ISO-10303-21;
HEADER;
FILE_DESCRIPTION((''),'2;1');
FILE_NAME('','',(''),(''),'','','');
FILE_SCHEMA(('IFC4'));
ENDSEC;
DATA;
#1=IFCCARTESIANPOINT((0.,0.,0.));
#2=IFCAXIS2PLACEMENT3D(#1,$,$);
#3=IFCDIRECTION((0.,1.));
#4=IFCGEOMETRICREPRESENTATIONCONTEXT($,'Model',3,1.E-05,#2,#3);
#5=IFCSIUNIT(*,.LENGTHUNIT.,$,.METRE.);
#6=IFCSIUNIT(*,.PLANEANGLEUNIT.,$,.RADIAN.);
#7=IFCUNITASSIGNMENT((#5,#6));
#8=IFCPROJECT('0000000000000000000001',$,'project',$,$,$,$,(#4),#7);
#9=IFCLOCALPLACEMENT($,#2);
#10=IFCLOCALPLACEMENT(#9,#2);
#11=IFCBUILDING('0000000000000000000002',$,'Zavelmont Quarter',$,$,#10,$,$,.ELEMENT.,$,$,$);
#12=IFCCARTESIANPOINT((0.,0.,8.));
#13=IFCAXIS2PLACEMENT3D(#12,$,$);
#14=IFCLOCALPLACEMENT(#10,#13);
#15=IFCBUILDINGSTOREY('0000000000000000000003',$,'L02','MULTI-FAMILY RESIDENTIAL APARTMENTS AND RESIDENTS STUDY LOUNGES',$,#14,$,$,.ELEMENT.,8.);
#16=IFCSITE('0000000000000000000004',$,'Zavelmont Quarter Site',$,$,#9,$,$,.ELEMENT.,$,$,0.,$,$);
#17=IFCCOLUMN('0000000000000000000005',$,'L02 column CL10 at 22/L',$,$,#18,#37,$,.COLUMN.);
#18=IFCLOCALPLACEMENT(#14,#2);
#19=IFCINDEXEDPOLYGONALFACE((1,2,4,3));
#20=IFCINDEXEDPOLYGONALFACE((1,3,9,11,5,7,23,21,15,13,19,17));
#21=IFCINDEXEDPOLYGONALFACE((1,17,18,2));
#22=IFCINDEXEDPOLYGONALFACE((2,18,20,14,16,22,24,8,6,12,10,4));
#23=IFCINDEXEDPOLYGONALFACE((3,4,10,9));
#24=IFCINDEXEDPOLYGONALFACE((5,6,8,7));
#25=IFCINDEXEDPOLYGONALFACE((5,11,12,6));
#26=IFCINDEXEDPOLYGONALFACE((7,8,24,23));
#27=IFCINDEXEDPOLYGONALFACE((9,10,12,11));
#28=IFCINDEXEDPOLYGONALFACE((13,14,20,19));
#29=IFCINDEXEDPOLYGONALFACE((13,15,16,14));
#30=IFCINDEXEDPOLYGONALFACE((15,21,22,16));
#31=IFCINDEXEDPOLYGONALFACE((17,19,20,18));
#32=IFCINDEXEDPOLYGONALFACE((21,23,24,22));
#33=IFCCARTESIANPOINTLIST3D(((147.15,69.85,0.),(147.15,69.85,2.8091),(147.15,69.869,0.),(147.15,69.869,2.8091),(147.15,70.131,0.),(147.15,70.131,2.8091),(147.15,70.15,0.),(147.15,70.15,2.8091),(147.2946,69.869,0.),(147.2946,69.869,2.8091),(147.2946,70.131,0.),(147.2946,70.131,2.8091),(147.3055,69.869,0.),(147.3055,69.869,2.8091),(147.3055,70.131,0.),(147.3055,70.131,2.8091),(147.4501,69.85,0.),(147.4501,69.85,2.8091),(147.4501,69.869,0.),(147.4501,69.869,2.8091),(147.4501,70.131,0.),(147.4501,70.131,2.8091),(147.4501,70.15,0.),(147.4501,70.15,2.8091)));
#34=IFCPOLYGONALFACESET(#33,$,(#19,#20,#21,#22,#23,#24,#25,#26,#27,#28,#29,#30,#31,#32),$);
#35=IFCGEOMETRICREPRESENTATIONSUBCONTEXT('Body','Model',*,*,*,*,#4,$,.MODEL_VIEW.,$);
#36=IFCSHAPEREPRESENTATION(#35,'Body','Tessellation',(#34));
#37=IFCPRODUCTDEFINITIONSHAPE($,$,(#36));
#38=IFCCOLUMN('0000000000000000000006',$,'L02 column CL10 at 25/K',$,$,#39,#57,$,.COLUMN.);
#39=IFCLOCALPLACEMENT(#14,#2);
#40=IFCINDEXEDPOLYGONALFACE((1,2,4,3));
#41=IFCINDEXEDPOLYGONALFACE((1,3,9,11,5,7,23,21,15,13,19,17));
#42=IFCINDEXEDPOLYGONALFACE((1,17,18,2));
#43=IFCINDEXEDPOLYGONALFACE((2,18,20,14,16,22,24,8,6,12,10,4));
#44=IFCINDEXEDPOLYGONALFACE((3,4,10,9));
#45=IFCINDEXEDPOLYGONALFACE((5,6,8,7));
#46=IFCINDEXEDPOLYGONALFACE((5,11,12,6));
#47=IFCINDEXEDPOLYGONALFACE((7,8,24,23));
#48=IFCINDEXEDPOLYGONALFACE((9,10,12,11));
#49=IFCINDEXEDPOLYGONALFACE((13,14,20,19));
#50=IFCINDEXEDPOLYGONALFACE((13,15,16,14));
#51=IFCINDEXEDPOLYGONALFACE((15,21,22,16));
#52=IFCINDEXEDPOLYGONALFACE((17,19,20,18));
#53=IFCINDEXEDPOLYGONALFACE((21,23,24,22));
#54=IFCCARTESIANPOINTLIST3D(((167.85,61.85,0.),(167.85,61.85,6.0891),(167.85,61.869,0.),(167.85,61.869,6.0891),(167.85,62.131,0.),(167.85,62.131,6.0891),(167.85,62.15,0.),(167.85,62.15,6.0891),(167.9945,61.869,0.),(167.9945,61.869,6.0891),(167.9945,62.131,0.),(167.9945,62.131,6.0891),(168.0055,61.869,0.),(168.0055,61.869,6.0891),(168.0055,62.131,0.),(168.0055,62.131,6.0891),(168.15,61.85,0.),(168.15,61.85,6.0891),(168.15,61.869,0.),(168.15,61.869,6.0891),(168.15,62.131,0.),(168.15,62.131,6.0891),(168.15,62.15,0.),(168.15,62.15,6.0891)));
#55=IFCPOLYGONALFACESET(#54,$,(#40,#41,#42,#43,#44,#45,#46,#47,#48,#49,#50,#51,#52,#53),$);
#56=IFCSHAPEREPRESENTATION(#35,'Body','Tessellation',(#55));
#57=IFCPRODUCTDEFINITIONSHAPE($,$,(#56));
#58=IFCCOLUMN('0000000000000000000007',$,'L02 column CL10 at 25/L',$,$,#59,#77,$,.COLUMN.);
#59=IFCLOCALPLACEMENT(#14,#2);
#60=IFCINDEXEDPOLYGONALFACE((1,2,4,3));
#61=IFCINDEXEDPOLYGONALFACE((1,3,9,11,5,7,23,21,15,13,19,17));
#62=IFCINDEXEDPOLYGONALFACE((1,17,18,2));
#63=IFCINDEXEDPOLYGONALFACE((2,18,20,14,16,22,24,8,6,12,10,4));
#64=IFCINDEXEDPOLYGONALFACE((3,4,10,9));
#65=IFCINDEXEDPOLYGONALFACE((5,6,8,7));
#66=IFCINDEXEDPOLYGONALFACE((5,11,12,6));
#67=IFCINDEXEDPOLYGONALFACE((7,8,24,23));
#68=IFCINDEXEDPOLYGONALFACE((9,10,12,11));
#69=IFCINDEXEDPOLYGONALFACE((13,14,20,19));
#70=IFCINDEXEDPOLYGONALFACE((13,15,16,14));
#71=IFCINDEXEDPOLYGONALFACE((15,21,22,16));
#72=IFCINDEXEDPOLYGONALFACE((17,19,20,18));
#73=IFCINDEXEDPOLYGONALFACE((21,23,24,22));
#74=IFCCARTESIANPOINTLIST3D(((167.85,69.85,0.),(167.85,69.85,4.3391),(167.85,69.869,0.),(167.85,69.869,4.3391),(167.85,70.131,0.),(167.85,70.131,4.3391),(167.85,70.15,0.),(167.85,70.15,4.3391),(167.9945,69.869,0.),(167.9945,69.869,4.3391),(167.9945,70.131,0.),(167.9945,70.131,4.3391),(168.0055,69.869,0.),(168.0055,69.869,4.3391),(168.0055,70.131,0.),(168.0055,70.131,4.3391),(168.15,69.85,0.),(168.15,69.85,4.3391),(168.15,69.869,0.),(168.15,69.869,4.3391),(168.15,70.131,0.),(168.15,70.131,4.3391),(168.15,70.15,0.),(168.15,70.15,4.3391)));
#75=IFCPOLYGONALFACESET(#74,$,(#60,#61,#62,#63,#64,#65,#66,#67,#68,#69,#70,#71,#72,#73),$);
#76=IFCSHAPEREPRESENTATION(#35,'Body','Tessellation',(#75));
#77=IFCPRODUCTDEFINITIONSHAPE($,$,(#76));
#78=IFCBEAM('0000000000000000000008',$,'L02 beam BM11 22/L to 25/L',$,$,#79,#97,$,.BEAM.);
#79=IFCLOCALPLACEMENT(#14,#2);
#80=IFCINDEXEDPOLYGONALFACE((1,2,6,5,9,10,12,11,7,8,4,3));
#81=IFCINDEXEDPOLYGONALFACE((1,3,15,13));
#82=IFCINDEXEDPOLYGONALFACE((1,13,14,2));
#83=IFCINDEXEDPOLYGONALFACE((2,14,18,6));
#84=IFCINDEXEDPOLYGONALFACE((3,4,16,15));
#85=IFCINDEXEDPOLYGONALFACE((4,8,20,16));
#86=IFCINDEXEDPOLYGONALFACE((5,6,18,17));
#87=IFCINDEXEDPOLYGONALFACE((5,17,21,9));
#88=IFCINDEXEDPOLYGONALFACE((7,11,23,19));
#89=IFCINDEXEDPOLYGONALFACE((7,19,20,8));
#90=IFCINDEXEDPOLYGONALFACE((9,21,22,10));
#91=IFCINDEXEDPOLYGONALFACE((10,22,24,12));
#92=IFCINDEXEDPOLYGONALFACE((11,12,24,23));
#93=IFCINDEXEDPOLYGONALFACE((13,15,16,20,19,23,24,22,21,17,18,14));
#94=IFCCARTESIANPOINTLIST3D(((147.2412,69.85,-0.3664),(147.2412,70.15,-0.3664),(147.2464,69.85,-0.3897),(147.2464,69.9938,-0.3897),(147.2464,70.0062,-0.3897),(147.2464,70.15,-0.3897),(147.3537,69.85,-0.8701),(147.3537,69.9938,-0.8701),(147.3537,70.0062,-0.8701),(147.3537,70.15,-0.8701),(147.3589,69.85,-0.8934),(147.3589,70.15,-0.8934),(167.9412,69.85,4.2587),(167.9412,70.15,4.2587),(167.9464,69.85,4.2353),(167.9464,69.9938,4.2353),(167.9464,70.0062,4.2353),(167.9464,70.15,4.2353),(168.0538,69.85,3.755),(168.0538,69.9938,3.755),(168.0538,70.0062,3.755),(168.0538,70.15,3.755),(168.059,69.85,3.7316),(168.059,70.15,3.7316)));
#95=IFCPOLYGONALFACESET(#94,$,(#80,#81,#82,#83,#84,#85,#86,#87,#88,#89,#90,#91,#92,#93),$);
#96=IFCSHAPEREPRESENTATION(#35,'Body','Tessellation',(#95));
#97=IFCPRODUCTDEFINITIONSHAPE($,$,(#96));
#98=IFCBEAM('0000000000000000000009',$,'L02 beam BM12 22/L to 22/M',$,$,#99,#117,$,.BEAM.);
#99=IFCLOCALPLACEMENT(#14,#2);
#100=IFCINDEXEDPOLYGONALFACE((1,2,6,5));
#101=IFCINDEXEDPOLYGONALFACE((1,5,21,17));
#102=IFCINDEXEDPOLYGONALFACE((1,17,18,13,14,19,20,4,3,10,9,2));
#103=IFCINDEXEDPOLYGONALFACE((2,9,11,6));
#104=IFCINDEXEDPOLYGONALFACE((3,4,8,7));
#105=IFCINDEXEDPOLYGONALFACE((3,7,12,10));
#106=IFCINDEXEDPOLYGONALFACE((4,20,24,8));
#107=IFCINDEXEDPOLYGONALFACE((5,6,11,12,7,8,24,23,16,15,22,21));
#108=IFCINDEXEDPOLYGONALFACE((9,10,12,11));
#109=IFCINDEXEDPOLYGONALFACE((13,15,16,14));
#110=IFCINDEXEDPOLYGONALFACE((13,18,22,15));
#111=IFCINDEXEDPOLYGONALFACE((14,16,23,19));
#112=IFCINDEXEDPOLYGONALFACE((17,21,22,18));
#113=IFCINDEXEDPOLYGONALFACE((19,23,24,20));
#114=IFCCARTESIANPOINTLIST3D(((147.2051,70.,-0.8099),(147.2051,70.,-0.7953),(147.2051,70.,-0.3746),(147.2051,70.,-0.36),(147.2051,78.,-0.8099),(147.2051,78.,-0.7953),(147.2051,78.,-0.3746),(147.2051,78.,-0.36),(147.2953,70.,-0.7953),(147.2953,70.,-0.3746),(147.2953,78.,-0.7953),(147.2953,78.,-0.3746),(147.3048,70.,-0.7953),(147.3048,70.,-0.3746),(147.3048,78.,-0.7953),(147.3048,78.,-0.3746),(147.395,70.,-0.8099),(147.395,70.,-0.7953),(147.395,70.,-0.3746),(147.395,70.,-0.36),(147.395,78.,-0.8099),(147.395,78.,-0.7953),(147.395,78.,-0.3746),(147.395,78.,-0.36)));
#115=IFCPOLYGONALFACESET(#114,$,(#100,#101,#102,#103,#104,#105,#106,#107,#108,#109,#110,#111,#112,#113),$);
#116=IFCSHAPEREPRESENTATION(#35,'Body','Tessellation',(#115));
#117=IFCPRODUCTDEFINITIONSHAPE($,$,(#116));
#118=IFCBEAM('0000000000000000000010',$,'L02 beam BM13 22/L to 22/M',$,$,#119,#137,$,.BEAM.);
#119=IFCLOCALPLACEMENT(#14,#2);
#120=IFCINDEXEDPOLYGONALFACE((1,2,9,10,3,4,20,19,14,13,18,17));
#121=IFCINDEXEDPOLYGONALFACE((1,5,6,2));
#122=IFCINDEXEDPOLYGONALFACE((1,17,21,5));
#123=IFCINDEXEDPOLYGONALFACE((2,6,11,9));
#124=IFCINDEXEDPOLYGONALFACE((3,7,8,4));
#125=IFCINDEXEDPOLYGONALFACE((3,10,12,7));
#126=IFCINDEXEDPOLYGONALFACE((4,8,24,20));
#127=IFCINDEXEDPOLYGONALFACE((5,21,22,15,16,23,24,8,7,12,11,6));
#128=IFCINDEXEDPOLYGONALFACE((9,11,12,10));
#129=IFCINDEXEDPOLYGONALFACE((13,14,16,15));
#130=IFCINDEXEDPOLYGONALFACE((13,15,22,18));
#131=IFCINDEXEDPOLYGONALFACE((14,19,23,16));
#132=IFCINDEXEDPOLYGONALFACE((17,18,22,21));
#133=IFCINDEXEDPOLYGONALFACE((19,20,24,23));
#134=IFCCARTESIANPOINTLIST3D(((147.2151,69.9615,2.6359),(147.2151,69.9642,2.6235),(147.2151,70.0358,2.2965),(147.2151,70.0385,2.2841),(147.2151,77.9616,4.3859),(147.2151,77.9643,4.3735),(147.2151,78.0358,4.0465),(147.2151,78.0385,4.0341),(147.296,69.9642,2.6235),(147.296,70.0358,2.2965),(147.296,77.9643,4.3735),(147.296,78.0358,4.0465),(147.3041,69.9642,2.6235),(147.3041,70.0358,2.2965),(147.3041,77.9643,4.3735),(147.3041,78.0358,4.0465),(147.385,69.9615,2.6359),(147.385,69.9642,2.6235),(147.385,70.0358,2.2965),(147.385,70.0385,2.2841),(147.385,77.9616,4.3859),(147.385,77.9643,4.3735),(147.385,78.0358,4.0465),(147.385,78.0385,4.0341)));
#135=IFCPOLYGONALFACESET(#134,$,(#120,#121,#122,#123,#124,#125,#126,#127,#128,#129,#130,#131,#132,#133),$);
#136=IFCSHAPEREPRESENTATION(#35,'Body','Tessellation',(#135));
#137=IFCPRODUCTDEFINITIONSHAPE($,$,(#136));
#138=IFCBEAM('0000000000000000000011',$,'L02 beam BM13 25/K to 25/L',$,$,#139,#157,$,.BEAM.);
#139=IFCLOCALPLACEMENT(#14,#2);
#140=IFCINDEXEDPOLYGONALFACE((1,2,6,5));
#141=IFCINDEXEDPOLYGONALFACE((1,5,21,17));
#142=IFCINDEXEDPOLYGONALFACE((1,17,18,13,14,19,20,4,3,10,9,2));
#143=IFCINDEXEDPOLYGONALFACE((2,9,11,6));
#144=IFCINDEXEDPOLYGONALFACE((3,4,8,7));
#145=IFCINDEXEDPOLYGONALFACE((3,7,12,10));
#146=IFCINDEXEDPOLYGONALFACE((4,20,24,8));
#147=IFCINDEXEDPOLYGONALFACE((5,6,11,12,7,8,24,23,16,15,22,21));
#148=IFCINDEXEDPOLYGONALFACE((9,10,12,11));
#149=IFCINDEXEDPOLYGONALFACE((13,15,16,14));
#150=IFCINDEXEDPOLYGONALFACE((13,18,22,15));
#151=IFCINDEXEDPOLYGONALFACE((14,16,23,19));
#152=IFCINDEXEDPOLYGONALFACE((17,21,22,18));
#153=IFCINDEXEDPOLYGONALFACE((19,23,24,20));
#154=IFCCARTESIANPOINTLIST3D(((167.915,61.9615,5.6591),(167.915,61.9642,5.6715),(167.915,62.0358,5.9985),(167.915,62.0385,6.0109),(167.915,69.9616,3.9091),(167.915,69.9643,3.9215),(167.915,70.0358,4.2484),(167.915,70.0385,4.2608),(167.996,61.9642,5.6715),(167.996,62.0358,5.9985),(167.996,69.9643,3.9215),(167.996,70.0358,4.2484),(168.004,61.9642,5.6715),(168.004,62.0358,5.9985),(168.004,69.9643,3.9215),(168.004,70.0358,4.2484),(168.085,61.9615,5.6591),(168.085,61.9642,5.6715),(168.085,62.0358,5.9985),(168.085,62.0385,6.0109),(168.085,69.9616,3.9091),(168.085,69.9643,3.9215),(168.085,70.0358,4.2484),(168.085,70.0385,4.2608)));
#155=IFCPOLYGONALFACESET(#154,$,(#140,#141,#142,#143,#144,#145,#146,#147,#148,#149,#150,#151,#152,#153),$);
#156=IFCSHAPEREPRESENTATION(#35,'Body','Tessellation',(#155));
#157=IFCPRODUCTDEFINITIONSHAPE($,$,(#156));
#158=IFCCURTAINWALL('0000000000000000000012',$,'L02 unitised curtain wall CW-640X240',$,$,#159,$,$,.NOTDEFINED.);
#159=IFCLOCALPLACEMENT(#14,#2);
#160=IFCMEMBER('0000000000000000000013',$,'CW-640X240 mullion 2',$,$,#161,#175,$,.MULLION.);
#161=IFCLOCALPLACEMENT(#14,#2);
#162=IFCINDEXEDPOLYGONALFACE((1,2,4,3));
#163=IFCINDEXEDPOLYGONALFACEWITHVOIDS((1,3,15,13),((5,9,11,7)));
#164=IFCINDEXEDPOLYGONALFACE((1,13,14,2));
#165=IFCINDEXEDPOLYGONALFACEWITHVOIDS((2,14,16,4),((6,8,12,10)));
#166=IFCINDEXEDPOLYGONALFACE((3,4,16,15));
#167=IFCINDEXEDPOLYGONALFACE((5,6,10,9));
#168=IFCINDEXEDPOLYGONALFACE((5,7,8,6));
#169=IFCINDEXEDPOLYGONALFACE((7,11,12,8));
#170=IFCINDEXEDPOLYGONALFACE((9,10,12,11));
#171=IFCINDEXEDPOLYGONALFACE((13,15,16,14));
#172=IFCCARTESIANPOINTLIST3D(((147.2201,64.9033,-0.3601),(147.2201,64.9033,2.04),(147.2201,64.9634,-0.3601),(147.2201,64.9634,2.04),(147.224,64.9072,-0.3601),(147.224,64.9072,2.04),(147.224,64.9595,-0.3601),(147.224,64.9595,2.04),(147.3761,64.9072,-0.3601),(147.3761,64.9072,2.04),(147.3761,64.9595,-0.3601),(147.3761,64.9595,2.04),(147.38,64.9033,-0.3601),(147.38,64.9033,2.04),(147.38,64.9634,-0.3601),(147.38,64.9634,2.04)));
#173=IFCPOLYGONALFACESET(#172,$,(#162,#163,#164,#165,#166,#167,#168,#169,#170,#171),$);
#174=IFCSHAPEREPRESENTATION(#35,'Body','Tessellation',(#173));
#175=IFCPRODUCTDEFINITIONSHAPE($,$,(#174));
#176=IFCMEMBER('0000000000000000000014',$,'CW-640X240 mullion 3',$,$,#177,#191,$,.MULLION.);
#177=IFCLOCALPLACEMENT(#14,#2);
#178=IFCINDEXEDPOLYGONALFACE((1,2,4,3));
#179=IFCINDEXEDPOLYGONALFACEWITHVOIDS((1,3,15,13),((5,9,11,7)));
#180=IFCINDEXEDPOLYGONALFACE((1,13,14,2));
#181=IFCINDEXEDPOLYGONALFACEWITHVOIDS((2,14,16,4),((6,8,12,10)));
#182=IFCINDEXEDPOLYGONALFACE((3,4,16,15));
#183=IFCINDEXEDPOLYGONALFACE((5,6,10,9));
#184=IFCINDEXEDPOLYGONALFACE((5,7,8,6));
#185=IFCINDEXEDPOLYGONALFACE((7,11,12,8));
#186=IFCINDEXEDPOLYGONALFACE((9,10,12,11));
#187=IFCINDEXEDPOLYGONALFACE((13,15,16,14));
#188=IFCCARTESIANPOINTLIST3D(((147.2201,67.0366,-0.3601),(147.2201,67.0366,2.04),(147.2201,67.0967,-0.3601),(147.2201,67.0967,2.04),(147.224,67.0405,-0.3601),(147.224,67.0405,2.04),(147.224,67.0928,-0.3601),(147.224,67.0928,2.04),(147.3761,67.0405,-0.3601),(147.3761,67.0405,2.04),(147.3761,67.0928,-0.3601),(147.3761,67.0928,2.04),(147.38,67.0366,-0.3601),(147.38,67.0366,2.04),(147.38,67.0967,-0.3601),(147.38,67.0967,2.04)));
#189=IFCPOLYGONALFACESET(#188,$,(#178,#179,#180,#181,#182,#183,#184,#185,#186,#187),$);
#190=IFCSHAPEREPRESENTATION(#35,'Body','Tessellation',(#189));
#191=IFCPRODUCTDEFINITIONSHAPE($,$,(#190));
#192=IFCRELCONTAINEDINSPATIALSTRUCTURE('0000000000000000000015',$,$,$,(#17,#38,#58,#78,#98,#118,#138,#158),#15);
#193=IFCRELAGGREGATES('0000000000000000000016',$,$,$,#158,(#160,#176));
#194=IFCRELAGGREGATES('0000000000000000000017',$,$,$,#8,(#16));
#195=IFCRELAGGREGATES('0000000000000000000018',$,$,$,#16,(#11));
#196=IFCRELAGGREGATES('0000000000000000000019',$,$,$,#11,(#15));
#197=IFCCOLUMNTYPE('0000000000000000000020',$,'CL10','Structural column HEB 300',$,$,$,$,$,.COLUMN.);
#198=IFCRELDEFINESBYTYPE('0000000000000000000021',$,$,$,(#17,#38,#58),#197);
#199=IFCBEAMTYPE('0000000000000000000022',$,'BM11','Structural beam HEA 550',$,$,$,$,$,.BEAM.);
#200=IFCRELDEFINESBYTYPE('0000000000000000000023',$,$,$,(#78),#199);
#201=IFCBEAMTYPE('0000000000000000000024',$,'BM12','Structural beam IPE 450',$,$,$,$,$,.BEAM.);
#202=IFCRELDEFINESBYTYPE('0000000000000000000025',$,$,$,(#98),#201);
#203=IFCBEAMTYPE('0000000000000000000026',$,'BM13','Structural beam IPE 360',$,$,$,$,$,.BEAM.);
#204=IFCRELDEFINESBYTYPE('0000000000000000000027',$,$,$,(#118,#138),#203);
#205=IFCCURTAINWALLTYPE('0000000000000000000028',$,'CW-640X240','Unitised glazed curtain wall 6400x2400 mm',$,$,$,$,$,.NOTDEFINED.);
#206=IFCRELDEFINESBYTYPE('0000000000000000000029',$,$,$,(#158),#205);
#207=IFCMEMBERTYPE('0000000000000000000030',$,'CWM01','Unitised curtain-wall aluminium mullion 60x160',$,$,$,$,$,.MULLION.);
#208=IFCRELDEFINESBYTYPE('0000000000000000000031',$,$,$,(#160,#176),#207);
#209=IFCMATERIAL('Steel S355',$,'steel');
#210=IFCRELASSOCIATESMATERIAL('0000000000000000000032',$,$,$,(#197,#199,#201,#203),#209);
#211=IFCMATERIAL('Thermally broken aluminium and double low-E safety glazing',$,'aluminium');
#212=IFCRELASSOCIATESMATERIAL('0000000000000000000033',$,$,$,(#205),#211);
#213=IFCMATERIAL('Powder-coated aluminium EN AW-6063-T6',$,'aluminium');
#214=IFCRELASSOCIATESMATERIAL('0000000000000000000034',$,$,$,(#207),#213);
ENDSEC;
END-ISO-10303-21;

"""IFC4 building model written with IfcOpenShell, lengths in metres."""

from ifc_helpers import new_model, si_unit, direction, frame, origin, origin_2d, place, context, subcontext, project, spatial, hollow_rectangle, i_section, extrude, material, material_profile, profile_set, type_object, element, aggregate, save


model = new_model("IFC4")

# Units and contexts
model_context = context("Model", 3, precision=1e-05, world=origin(), true_north=direction((0.0, 1.0)))
body_context = subcontext(model_context, "Body", "Model", "MODEL_VIEW")
ifc_project = project(units=[si_unit("LENGTHUNIT", "METRE"), si_unit("PLANEANGLEUNIT", "RADIAN")], contexts=[model_context])

# Site, building, storey
site_placement = place(None, origin())
site = spatial("IfcSite", under=ifc_project, at=site_placement, Name="Zavelmont Quarter Site", CompositionType="ELEMENT", RefElevation=0.0)
building_placement = place(site_placement, origin())
building = spatial("IfcBuilding", under=site, at=building_placement, Name="Zavelmont Quarter", CompositionType="ELEMENT")
storey_placement = place(building_placement, frame((0.0, 0.0, 8.0)))
storey = spatial("IfcBuildingStorey", under=building, at=storey_placement, Name="L02", Description="MULTI-FAMILY RESIDENTIAL APARTMENTS AND RESIDENTS STUDY LOUNGES", CompositionType="ELEMENT", Elevation=8.0)

# Columns
ifc_material_1 = material(Name="Steel S355", Category="steel")
ifc_material_profile_1 = material_profile(ifc_material_1, i_section(OverallWidth=0.3, OverallDepth=0.3, WebThickness=0.011, FlangeThickness=0.019, at=origin_2d()), Name="HEB 300")
ifc_profile_set_1 = profile_set([ifc_material_profile_1], Name="Steel S355")
column_type = type_object("IfcColumnType", Name="CL10", Description="Structural column HEB 300", PredefinedType="COLUMN", material=ifc_profile_set_1)
column_1_placement = place(storey_placement, frame((147.3, 70.0, 0.0), z_axis=(0.0, 0.0, 1.0), x_axis=(1.0, 0.0, 0.0)))
element("IfcColumn", 1, at=column_1_placement, inside=storey, type_object=column_type, Name="L02 column CL10 at 22/L", PredefinedType="COLUMN", context=body_context, shape_type="SweptSolid", body=[
    extrude(i_section(OverallWidth=0.3, OverallDepth=0.3, WebThickness=0.011, FlangeThickness=0.019, at=origin_2d()), origin(), (0.0, 0.0, 1.0), 2.8091),
])
column_2_placement = place(storey_placement, frame((168.0, 62.0, 0.0), z_axis=(0.0, 0.0, 1.0), x_axis=(1.0, 0.0, 0.0)))
element("IfcColumn", 2, at=column_2_placement, inside=storey, type_object=column_type, Name="L02 column CL10 at 25/K", PredefinedType="COLUMN", context=body_context, shape_type="SweptSolid", body=[
    extrude(i_section(OverallWidth=0.3, OverallDepth=0.3, WebThickness=0.011, FlangeThickness=0.019, at=origin_2d()), origin(), (0.0, 0.0, 1.0), 6.0891),
])
column_3_placement = place(storey_placement, frame((168.0, 70.0, 0.0), z_axis=(0.0, 0.0, 1.0), x_axis=(1.0, 0.0, 0.0)))
element("IfcColumn", 3, at=column_3_placement, inside=storey, type_object=column_type, Name="L02 column CL10 at 25/L", PredefinedType="COLUMN", context=body_context, shape_type="SweptSolid", body=[
    extrude(i_section(OverallWidth=0.3, OverallDepth=0.3, WebThickness=0.011, FlangeThickness=0.019, at=origin_2d()), origin(), (0.0, 0.0, 1.0), 4.3391),
])

# Beams
ifc_material_profile_2 = material_profile(ifc_material_1, i_section(OverallWidth=0.3, OverallDepth=0.54, WebThickness=0.0125, FlangeThickness=0.0239, at=origin_2d()), Name="HEA 550")
ifc_profile_set_2 = profile_set([ifc_material_profile_2], Name="Steel S355")
beam_type_1 = type_object("IfcBeamType", Name="BM11", Description="Structural beam HEA 550", PredefinedType="BEAM", material=ifc_profile_set_2)
beam_1_placement = place(storey_placement, frame((147.3, 70.0, -0.6299), z_axis=(0.975937, 0.0, 0.218054), x_axis=(0.0, 1.0, 0.0)))
element("IfcBeam", 4, at=beam_1_placement, inside=storey, type_object=beam_type_1, Name="L02 beam BM11 22/L to 25/L", PredefinedType="BEAM", context=body_context, shape_type="SweptSolid", body=[
    extrude(i_section(OverallWidth=0.3, OverallDepth=0.54, WebThickness=0.0125, FlangeThickness=0.0239, at=origin_2d()), origin(), (0.0, 0.0, 1.0), 21.2104),
])
ifc_material_profile_3 = material_profile(ifc_material_1, i_section(OverallWidth=0.1899, OverallDepth=0.45, WebThickness=0.0095, FlangeThickness=0.0146, at=origin_2d()), Name="IPE 450")
ifc_profile_set_3 = profile_set([ifc_material_profile_3], Name="Steel S355")
beam_type_2 = type_object("IfcBeamType", Name="BM12", Description="Structural beam IPE 450", PredefinedType="BEAM", material=ifc_profile_set_3)
beam_2_placement = place(storey_placement, frame((147.3, 70.0, -0.585), z_axis=(0.0, 1.0, 0.0), x_axis=(-1.0, 0.0, 0.0)))
element("IfcBeam", 5, at=beam_2_placement, inside=storey, type_object=beam_type_2, Name="L02 beam BM12 22/L to 22/M", PredefinedType="BEAM", context=body_context, shape_type="SweptSolid", body=[
    extrude(i_section(OverallWidth=0.1899, OverallDepth=0.45, WebThickness=0.0095, FlangeThickness=0.0146, at=origin_2d()), origin(), (0.0, 0.0, 1.0), 8.0),
])
ifc_material_profile_4 = material_profile(ifc_material_1, i_section(OverallWidth=0.1699, OverallDepth=0.3601, WebThickness=0.0081, FlangeThickness=0.0127, at=origin_2d()), Name="IPE 360")
ifc_profile_set_4 = profile_set([ifc_material_profile_4], Name="Steel S355")
beam_type_3 = type_object("IfcBeamType", Name="BM13", Description="Structural beam IPE 360", PredefinedType="BEAM", material=ifc_profile_set_4)
for number, where, z_axis, x_axis, name in (
    (6, (147.3, 70.0, 2.46), (0.0, 0.9769, 0.213697), (-1.0, 0.0, 0.0), "L02 beam BM13 22/L to 22/M"),
    (7, (168.0, 62.0, 5.835), (0.0, 0.9769, -0.213697), (-1.0, 0.0, 0.0), "L02 beam BM13 25/K to 25/L"),
):
    element("IfcBeam", number, at=place(storey_placement, frame(where, z_axis=z_axis, x_axis=x_axis)), inside=storey, type_object=beam_type_3, Name=name, PredefinedType="BEAM", context=body_context, shape_type="SweptSolid", body=[
        extrude(i_section(OverallWidth=0.1699, OverallDepth=0.3601, WebThickness=0.0081, FlangeThickness=0.0127, at=origin_2d()), origin(), (0.0, 0.0, 1.0), 8.1892),
    ])

# Curtain wall, members
ifc_material_2 = material(Name="Thermally broken aluminium and double low-E safety glazing", Category="aluminium")
curtain_wall_type = type_object("IfcCurtainWallType", Name="CW-640X240", Description="Unitised glazed curtain wall 6400x2400 mm", PredefinedType="NOTDEFINED", material=ifc_material_2)
curtain_wall_placement = place(storey_placement, origin())
curtain_wall = element("IfcCurtainWall", 8, at=curtain_wall_placement, inside=storey, type_object=curtain_wall_type, Name="L02 unitised curtain wall CW-640X240", PredefinedType="NOTDEFINED")
ifc_material_3 = material(Name="Powder-coated aluminium EN AW-6063-T6", Category="aluminium")
ifc_material_profile_5 = material_profile(ifc_material_3, hollow_rectangle(XDim=0.0601, YDim=0.1599, WallThickness=0.0039, at=origin_2d()), Name="CWM60X160")
ifc_profile_set_5 = profile_set([ifc_material_profile_5], Name="Powder-coated aluminium EN AW-6063-T6")
member_type_1 = type_object("IfcMemberType", Name="CWM01", Description="Unitised curtain-wall aluminium mullion 60x160", PredefinedType="MULLION", material=ifc_profile_set_5)
member_1_placement = place(storey_placement, frame((147.3, 64.9333, -0.3601), z_axis=(0.0, 0.0, 1.0), x_axis=(0.0, 1.0, 0.0)))
member_1 = element("IfcMember", 9, at=member_1_placement, type_object=member_type_1, Name="CW-640X240 mullion 2", PredefinedType="MULLION", context=body_context, shape_type="SweptSolid", body=[
    extrude(hollow_rectangle(XDim=0.0601, YDim=0.1599, WallThickness=0.0039, at=origin_2d()), origin(), (0.0, 0.0, 1.0), 2.4001),
])
member_2_placement = place(storey_placement, frame((147.3, 67.0667, -0.3601), z_axis=(0.0, 0.0, 1.0), x_axis=(0.0, 1.0, 0.0)))
member_2 = element("IfcMember", 10, at=member_2_placement, type_object=member_type_1, Name="CW-640X240 mullion 3", PredefinedType="MULLION", context=body_context, shape_type="SweptSolid", body=[
    extrude(hollow_rectangle(XDim=0.0601, YDim=0.1599, WallThickness=0.0039, at=origin_2d()), origin(), (0.0, 0.0, 1.0), 2.4001),
])

aggregate(curtain_wall, [member_1, member_2])

save(model, "model.ifc")
